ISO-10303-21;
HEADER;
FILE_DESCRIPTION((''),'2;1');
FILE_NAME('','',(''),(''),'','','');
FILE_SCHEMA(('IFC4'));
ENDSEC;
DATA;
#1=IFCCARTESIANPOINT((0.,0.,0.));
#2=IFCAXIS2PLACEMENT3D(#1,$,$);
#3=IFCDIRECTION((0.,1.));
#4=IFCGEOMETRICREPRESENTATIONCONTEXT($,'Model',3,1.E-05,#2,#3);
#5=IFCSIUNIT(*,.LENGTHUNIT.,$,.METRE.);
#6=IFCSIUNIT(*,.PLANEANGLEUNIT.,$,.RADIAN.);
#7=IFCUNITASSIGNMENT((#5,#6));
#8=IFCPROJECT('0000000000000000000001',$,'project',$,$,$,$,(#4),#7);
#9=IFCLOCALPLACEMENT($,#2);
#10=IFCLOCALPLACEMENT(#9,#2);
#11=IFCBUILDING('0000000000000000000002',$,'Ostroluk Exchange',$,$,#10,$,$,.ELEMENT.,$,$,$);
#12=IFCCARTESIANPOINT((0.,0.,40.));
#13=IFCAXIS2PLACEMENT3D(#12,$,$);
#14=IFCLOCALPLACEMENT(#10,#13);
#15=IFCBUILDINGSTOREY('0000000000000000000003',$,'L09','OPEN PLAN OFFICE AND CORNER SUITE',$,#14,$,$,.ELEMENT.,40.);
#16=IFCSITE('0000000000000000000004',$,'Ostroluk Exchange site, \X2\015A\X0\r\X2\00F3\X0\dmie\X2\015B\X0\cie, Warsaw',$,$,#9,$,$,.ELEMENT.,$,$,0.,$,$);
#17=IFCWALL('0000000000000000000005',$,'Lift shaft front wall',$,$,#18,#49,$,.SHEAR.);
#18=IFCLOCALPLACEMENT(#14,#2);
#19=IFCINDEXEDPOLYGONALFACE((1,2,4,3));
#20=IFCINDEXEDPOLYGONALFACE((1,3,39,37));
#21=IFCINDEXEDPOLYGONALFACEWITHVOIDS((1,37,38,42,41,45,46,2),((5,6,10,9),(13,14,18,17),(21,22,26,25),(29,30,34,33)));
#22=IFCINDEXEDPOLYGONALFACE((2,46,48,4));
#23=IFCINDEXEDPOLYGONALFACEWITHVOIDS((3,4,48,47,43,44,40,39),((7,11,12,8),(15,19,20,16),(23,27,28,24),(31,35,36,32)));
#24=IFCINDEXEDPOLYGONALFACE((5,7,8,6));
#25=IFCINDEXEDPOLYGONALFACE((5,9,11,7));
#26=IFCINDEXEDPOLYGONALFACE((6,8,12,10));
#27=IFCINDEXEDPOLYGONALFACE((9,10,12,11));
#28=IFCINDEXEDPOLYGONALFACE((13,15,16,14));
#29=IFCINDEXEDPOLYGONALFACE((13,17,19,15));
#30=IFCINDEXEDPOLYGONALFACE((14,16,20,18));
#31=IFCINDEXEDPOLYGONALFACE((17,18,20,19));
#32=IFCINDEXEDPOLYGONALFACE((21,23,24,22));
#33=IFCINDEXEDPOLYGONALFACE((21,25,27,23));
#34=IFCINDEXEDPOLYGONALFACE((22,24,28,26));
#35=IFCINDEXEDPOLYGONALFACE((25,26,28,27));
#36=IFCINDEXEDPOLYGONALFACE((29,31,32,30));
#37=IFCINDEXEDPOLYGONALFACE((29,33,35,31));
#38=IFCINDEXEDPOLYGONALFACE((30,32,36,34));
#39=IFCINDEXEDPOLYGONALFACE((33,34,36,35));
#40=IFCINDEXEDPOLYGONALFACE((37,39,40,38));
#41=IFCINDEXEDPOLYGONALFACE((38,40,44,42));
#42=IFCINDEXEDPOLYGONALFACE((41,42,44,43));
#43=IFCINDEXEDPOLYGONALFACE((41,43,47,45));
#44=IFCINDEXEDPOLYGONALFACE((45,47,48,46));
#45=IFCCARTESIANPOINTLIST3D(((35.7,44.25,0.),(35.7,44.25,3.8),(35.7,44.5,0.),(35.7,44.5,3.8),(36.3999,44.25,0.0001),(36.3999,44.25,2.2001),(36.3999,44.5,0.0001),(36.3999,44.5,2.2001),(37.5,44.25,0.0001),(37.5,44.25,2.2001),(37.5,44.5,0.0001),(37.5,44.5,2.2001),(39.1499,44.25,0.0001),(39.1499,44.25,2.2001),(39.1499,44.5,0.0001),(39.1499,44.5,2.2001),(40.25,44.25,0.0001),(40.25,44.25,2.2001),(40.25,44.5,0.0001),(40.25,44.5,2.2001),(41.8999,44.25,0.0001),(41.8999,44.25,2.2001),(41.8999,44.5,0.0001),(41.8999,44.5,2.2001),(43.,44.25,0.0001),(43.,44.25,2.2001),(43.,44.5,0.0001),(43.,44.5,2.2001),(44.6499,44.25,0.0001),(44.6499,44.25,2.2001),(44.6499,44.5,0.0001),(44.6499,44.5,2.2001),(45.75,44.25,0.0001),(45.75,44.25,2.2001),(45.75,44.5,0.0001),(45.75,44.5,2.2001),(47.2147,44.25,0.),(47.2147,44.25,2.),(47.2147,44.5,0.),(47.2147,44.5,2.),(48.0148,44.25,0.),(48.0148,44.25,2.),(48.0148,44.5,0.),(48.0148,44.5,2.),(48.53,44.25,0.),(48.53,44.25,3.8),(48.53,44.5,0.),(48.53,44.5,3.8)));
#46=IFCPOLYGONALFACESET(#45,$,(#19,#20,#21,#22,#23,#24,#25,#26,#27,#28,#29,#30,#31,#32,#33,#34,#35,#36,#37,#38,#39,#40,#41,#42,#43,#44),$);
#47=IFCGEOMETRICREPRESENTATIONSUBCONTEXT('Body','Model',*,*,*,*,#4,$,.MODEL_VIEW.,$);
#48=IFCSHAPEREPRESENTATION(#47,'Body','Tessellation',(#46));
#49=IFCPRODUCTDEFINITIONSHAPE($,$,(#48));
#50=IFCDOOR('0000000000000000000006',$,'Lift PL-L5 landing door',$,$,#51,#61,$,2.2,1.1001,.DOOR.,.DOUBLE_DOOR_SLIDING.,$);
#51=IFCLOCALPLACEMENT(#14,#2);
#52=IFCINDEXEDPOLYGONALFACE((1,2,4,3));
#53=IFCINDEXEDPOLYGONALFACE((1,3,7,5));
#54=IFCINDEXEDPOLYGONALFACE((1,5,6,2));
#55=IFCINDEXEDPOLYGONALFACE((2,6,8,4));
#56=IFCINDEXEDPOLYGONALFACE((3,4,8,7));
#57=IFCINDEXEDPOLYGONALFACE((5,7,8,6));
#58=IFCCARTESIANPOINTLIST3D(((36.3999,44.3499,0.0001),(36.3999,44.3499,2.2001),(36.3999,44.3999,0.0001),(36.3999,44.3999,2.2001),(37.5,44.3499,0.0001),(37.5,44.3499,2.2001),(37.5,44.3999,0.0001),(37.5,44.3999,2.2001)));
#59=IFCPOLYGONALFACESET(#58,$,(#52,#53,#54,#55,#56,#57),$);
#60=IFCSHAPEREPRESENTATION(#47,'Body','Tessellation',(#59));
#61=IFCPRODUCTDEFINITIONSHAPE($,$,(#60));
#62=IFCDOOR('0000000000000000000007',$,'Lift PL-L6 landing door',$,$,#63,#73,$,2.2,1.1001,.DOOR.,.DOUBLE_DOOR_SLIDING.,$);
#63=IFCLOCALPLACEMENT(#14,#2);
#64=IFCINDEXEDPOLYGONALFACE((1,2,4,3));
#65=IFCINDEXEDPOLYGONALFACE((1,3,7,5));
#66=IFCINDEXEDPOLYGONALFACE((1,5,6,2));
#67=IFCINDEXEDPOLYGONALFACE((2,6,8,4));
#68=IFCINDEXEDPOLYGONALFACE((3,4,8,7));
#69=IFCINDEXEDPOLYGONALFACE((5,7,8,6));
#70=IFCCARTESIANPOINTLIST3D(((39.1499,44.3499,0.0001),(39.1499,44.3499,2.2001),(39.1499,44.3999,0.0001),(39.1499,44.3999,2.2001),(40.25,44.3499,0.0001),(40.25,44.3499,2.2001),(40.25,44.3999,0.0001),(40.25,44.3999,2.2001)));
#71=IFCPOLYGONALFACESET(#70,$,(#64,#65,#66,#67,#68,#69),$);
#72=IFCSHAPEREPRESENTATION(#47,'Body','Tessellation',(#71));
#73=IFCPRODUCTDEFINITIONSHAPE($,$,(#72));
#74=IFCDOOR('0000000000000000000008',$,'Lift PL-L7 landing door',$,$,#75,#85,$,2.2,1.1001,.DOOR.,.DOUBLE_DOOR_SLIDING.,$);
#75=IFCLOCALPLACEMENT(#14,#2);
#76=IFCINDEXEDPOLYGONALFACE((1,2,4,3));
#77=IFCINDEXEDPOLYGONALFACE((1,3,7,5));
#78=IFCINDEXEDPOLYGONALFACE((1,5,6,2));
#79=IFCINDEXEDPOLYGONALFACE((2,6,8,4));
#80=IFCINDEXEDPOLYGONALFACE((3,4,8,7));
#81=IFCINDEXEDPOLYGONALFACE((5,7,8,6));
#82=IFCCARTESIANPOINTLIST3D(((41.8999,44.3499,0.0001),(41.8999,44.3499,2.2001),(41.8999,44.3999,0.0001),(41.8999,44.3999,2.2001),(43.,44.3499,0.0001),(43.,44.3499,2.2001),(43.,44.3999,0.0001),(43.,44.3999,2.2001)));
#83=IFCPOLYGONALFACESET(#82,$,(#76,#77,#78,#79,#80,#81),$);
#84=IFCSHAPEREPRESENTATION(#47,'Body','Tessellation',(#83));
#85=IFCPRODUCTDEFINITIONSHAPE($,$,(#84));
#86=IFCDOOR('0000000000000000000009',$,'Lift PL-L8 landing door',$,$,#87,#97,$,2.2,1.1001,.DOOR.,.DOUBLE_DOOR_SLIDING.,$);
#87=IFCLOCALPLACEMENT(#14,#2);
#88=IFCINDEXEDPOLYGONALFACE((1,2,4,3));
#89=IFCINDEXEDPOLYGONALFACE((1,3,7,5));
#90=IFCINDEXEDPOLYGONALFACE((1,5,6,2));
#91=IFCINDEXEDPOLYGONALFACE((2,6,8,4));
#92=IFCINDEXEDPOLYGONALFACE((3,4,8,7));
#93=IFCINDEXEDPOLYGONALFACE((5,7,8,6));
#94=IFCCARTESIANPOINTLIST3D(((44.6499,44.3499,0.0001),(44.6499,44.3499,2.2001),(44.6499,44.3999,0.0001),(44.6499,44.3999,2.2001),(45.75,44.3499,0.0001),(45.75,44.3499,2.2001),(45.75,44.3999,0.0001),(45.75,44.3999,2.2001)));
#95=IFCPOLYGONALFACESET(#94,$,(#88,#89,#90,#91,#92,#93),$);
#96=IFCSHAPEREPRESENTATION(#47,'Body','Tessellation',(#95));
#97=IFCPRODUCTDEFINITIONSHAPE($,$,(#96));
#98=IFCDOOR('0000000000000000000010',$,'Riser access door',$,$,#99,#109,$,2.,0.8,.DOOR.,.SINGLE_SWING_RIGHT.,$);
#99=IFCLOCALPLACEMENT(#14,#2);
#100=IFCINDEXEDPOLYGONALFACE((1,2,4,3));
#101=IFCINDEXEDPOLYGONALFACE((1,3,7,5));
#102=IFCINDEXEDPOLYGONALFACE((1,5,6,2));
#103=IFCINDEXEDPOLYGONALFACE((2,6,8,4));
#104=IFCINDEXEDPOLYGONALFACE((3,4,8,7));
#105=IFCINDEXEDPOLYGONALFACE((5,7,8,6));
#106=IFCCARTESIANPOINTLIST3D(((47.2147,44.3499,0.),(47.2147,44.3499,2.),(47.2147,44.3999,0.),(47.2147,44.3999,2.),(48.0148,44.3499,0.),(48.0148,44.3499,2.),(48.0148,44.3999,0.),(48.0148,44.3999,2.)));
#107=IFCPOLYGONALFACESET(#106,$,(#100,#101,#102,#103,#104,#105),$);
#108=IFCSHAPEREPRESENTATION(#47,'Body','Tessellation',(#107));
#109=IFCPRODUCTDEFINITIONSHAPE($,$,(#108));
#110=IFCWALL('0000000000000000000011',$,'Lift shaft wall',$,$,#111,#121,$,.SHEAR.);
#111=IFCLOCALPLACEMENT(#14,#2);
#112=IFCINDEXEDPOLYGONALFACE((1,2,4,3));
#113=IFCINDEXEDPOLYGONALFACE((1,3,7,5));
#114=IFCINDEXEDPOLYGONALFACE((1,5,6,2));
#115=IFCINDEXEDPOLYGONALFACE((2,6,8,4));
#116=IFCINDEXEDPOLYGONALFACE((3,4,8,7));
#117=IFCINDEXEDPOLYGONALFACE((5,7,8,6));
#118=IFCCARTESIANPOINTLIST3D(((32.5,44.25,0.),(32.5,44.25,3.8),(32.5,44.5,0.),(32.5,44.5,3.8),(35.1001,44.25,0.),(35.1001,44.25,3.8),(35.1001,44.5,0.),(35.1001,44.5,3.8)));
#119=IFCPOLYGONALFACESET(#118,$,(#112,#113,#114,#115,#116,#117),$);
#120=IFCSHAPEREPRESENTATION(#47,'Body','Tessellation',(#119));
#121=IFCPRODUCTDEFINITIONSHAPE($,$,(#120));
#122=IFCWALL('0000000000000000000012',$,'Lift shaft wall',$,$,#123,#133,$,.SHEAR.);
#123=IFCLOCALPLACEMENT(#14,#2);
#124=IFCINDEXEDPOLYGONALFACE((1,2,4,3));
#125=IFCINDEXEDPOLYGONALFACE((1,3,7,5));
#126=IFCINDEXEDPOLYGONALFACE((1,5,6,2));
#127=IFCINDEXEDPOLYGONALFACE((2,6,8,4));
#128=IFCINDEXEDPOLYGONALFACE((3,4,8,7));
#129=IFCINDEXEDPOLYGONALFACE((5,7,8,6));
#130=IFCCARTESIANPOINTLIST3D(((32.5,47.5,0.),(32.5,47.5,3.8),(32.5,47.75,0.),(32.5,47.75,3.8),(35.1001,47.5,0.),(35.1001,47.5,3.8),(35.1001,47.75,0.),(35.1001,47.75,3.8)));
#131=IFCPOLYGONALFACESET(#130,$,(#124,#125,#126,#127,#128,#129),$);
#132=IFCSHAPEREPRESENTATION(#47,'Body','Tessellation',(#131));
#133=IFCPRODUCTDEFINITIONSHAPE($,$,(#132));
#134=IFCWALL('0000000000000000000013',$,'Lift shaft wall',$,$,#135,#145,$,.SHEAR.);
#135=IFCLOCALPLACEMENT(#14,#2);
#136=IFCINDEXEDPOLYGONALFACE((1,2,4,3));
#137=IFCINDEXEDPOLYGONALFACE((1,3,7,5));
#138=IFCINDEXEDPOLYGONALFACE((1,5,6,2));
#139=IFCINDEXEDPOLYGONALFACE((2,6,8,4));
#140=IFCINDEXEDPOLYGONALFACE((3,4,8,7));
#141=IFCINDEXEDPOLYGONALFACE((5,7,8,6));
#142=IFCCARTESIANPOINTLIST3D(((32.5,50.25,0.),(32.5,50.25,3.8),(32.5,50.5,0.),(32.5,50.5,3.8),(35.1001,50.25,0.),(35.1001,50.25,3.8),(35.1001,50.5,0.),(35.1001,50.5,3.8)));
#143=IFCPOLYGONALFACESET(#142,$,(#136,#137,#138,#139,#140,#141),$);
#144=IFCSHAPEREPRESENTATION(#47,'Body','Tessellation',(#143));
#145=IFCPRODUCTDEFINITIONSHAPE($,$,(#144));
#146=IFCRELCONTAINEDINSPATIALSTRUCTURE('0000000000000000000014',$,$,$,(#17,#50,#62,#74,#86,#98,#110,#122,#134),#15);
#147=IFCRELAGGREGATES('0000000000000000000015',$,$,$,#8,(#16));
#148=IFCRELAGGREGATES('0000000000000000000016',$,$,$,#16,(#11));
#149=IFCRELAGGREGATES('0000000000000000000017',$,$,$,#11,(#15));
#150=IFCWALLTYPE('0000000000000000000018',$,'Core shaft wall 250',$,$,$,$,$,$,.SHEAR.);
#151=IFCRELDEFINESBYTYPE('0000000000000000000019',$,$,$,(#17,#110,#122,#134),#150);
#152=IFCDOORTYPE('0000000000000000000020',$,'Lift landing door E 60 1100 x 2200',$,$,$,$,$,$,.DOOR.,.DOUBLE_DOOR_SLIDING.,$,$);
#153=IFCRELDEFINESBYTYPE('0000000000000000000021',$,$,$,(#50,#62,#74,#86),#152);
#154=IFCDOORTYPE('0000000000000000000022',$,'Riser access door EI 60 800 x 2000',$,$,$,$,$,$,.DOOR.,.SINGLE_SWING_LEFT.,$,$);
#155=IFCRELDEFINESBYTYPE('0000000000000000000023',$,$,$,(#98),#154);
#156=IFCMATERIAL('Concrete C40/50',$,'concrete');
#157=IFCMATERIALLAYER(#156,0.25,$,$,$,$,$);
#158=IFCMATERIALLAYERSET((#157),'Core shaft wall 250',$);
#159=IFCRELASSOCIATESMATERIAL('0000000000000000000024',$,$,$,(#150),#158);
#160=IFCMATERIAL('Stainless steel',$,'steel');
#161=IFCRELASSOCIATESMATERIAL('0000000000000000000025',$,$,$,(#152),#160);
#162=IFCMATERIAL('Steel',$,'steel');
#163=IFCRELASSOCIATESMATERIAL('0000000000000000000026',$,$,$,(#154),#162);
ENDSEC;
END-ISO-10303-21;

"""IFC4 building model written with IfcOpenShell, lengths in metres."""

from ifc_helpers import new_model, si_unit, direction, frame, frame_2d, origin, place, context, subcontext, project, spatial, rectangle, extrude, material, layer, layer_set, type_object, element, fill, save


model = new_model("IFC4")

# Units and contexts
model_context = context("Model", 3, precision=1e-05, world=origin(), true_north=direction((0.0, 1.0)))
body_context = subcontext(model_context, "Body", "Model", "MODEL_VIEW")
ifc_project = project(units=[si_unit("LENGTHUNIT", "METRE"), si_unit("PLANEANGLEUNIT", "RADIAN")], contexts=[model_context])

# Site, building, storey
site_placement = place(None, origin())
site = spatial("IfcSite", under=ifc_project, at=site_placement, Name="Ostroluk Exchange site, Śródmieście, Warsaw", CompositionType="ELEMENT", RefElevation=0.0)
building_placement = place(site_placement, origin())
building = spatial("IfcBuilding", under=site, at=building_placement, Name="Ostroluk Exchange", CompositionType="ELEMENT")
storey_placement = place(building_placement, frame((0.0, 0.0, 40.0)))
storey = spatial("IfcBuildingStorey", under=building, at=storey_placement, Name="L09", Description="OPEN PLAN OFFICE AND CORNER SUITE", CompositionType="ELEMENT", Elevation=40.0)

# Shared definitions
ifc_material_1 = material(Name="Concrete C40/50", Category="concrete")
ifc_layer = layer(ifc_material_1, 0.25)
ifc_layer_set = layer_set([ifc_layer], Name="Core shaft wall 250")
wall_type = type_object("IfcWallType", Name="Core shaft wall 250", PredefinedType="SHEAR", material=ifc_layer_set)

# Shared definitions
ifc_material_2 = material(Name="Stainless steel", Category="steel")
door_type_1 = type_object("IfcDoorType", Name="Lift landing door E 60 1100 x 2200", OperationType="DOUBLE_DOOR_SLIDING", PredefinedType="DOOR", material=ifc_material_2)
ifc_material_3 = material(Name="Steel", Category="steel")
door_type_2 = type_object("IfcDoorType", Name="Riser access door EI 60 800 x 2000", OperationType="SINGLE_SWING_LEFT", PredefinedType="DOOR", material=ifc_material_3)

# Wall, openings, doors
wall_1_placement = place(storey_placement, frame((35.7, 44.375, 0.0), z_axis=(0.0, 0.0, 1.0), x_axis=(1.0, 0.0, 0.0)))
wall_1 = element("IfcWall", 1, at=wall_1_placement, inside=storey, type_object=wall_type, Name="Lift shaft front wall", PredefinedType="SHEAR", context=body_context, shape_type="SweptSolid", body=[
    extrude(rectangle(XDim=12.8301, YDim=0.25, at=frame_2d((6.415, 0.0))), origin(), (0.0, 0.0, 1.0), 3.8),
])
opening_1_placement = place(wall_1_placement, frame((0.7, 0.0, 0.0)))
opening_1 = element("IfcOpeningElement", 2, at=opening_1_placement, cuts=wall_1, PredefinedType="OPENING", context=body_context, shape_type="SweptSolid", body=[
    extrude(rectangle(XDim=1.1001, YDim=2.2, at=frame_2d((0.55, 1.1001))), frame((0.0, 0.135, 0.0), z_axis=(0.0, -1.0, 0.0), x_axis=(1.0, 0.0, 0.0)), (0.0, 0.0, 1.0), 0.27),
])
opening_2_placement = place(wall_1_placement, frame((3.45, 0.0, 0.0)))
opening_2 = element("IfcOpeningElement", 3, at=opening_2_placement, cuts=wall_1, PredefinedType="OPENING", context=body_context, shape_type="SweptSolid", body=[
    extrude(rectangle(XDim=1.1001, YDim=2.2, at=frame_2d((0.55, 1.1001))), frame((0.0, 0.135, 0.0), z_axis=(0.0, -1.0, 0.0), x_axis=(1.0, 0.0, 0.0)), (0.0, 0.0, 1.0), 0.27),
])
opening_3_placement = place(wall_1_placement, frame((6.2, 0.0, 0.0)))
opening_3 = element("IfcOpeningElement", 4, at=opening_3_placement, cuts=wall_1, PredefinedType="OPENING", context=body_context, shape_type="SweptSolid", body=[
    extrude(rectangle(XDim=1.1001, YDim=2.2, at=frame_2d((0.55, 1.1001))), frame((0.0, 0.135, 0.0), z_axis=(0.0, -1.0, 0.0), x_axis=(1.0, 0.0, 0.0)), (0.0, 0.0, 1.0), 0.27),
])
opening_4_placement = place(wall_1_placement, frame((8.95, 0.0, 0.0)))
opening_4 = element("IfcOpeningElement", 5, at=opening_4_placement, cuts=wall_1, PredefinedType="OPENING", context=body_context, shape_type="SweptSolid", body=[
    extrude(rectangle(XDim=1.1001, YDim=2.2, at=frame_2d((0.55, 1.1001))), frame((0.0, 0.135, 0.0), z_axis=(0.0, -1.0, 0.0), x_axis=(1.0, 0.0, 0.0)), (0.0, 0.0, 1.0), 0.27),
])
opening_5_placement = place(wall_1_placement, frame((11.5149, 0.0, 0.0)))
opening_5 = element("IfcOpeningElement", 6, at=opening_5_placement, cuts=wall_1, PredefinedType="OPENING", context=body_context, shape_type="SweptSolid", body=[
    extrude(rectangle(XDim=0.8, YDim=2.0, at=frame_2d((0.3999, 1.0))), frame((0.0, 0.135, 0.0), z_axis=(0.0, -1.0, 0.0), x_axis=(1.0, 0.0, 0.0)), (0.0, 0.0, 1.0), 0.27),
])
door_1_placement = place(opening_1_placement, origin())
door_1 = element("IfcDoor", 7, at=door_1_placement, inside=storey, type_object=door_type_1, Name="Lift PL-L5 landing door", OperationType="DOUBLE_DOOR_SLIDING", OverallHeight=2.2, OverallWidth=1.1001, PredefinedType="DOOR", context=body_context, shape_type="SweptSolid", body=[
    extrude(rectangle(XDim=1.1001, YDim=2.2, at=frame_2d((0.55, 1.1001))), frame((0.0, 0.0249, 0.0), z_axis=(0.0, -1.0, 0.0), x_axis=(1.0, 0.0, 0.0)), (0.0, 0.0, 1.0), 0.05),
])
fill(opening_1, door_1)
door_2_placement = place(opening_2_placement, origin())
door_2 = element("IfcDoor", 8, at=door_2_placement, inside=storey, type_object=door_type_1, Name="Lift PL-L6 landing door", OperationType="DOUBLE_DOOR_SLIDING", OverallHeight=2.2, OverallWidth=1.1001, PredefinedType="DOOR", context=body_context, shape_type="SweptSolid", body=[
    extrude(rectangle(XDim=1.1001, YDim=2.2, at=frame_2d((0.55, 1.1001))), frame((0.0, 0.0249, 0.0), z_axis=(0.0, -1.0, 0.0), x_axis=(1.0, 0.0, 0.0)), (0.0, 0.0, 1.0), 0.05),
])
fill(opening_2, door_2)
door_3_placement = place(opening_3_placement, origin())
door_3 = element("IfcDoor", 9, at=door_3_placement, inside=storey, type_object=door_type_1, Name="Lift PL-L7 landing door", OperationType="DOUBLE_DOOR_SLIDING", OverallHeight=2.2, OverallWidth=1.1001, PredefinedType="DOOR", context=body_context, shape_type="SweptSolid", body=[
    extrude(rectangle(XDim=1.1001, YDim=2.2, at=frame_2d((0.55, 1.1001))), frame((0.0, 0.0249, 0.0), z_axis=(0.0, -1.0, 0.0), x_axis=(1.0, 0.0, 0.0)), (0.0, 0.0, 1.0), 0.05),
])
fill(opening_3, door_3)
door_4_placement = place(opening_4_placement, origin())
door_4 = element("IfcDoor", 10, at=door_4_placement, inside=storey, type_object=door_type_1, Name="Lift PL-L8 landing door", OperationType="DOUBLE_DOOR_SLIDING", OverallHeight=2.2, OverallWidth=1.1001, PredefinedType="DOOR", context=body_context, shape_type="SweptSolid", body=[
    extrude(rectangle(XDim=1.1001, YDim=2.2, at=frame_2d((0.55, 1.1001))), frame((0.0, 0.0249, 0.0), z_axis=(0.0, -1.0, 0.0), x_axis=(1.0, 0.0, 0.0)), (0.0, 0.0, 1.0), 0.05),
])
fill(opening_4, door_4)
door_5_placement = place(opening_5_placement, origin())
door_5 = element("IfcDoor", 11, at=door_5_placement, inside=storey, type_object=door_type_2, Name="Riser access door", OperationType="SINGLE_SWING_RIGHT", OverallHeight=2.0, OverallWidth=0.8, PredefinedType="DOOR", context=body_context, shape_type="SweptSolid", body=[
    extrude(rectangle(XDim=0.8, YDim=2.0, at=frame_2d((0.3999, 1.0))), frame((0.0, 0.0249, 0.0), z_axis=(0.0, -1.0, 0.0), x_axis=(1.0, 0.0, 0.0)), (0.0, 0.0, 1.0), 0.05),
])
fill(opening_5, door_5)

# Walls
for number, where, z_axis, x_axis, name in (
    (12, (32.5, 44.375, 0.0), (0.0, 0.0, 1.0), (1.0, 0.0, 0.0), "Lift shaft wall"),
    (13, (32.5, 47.625, 0.0), (0.0, 0.0, 1.0), (1.0, 0.0, 0.0), "Lift shaft wall"),
    (14, (32.5, 50.375, 0.0), (0.0, 0.0, 1.0), (1.0, 0.0, 0.0), "Lift shaft wall"),
):
    element("IfcWall", number, at=place(storey_placement, frame(where, z_axis=z_axis, x_axis=x_axis)), inside=storey, type_object=wall_type, Name=name, PredefinedType="SHEAR", context=body_context, shape_type="SweptSolid", body=[
        extrude(rectangle(XDim=2.6001, YDim=0.25, at=frame_2d((1.3, 0.0))), origin(), (0.0, 0.0, 1.0), 3.8),
    ])

save(model, "model.ifc")
